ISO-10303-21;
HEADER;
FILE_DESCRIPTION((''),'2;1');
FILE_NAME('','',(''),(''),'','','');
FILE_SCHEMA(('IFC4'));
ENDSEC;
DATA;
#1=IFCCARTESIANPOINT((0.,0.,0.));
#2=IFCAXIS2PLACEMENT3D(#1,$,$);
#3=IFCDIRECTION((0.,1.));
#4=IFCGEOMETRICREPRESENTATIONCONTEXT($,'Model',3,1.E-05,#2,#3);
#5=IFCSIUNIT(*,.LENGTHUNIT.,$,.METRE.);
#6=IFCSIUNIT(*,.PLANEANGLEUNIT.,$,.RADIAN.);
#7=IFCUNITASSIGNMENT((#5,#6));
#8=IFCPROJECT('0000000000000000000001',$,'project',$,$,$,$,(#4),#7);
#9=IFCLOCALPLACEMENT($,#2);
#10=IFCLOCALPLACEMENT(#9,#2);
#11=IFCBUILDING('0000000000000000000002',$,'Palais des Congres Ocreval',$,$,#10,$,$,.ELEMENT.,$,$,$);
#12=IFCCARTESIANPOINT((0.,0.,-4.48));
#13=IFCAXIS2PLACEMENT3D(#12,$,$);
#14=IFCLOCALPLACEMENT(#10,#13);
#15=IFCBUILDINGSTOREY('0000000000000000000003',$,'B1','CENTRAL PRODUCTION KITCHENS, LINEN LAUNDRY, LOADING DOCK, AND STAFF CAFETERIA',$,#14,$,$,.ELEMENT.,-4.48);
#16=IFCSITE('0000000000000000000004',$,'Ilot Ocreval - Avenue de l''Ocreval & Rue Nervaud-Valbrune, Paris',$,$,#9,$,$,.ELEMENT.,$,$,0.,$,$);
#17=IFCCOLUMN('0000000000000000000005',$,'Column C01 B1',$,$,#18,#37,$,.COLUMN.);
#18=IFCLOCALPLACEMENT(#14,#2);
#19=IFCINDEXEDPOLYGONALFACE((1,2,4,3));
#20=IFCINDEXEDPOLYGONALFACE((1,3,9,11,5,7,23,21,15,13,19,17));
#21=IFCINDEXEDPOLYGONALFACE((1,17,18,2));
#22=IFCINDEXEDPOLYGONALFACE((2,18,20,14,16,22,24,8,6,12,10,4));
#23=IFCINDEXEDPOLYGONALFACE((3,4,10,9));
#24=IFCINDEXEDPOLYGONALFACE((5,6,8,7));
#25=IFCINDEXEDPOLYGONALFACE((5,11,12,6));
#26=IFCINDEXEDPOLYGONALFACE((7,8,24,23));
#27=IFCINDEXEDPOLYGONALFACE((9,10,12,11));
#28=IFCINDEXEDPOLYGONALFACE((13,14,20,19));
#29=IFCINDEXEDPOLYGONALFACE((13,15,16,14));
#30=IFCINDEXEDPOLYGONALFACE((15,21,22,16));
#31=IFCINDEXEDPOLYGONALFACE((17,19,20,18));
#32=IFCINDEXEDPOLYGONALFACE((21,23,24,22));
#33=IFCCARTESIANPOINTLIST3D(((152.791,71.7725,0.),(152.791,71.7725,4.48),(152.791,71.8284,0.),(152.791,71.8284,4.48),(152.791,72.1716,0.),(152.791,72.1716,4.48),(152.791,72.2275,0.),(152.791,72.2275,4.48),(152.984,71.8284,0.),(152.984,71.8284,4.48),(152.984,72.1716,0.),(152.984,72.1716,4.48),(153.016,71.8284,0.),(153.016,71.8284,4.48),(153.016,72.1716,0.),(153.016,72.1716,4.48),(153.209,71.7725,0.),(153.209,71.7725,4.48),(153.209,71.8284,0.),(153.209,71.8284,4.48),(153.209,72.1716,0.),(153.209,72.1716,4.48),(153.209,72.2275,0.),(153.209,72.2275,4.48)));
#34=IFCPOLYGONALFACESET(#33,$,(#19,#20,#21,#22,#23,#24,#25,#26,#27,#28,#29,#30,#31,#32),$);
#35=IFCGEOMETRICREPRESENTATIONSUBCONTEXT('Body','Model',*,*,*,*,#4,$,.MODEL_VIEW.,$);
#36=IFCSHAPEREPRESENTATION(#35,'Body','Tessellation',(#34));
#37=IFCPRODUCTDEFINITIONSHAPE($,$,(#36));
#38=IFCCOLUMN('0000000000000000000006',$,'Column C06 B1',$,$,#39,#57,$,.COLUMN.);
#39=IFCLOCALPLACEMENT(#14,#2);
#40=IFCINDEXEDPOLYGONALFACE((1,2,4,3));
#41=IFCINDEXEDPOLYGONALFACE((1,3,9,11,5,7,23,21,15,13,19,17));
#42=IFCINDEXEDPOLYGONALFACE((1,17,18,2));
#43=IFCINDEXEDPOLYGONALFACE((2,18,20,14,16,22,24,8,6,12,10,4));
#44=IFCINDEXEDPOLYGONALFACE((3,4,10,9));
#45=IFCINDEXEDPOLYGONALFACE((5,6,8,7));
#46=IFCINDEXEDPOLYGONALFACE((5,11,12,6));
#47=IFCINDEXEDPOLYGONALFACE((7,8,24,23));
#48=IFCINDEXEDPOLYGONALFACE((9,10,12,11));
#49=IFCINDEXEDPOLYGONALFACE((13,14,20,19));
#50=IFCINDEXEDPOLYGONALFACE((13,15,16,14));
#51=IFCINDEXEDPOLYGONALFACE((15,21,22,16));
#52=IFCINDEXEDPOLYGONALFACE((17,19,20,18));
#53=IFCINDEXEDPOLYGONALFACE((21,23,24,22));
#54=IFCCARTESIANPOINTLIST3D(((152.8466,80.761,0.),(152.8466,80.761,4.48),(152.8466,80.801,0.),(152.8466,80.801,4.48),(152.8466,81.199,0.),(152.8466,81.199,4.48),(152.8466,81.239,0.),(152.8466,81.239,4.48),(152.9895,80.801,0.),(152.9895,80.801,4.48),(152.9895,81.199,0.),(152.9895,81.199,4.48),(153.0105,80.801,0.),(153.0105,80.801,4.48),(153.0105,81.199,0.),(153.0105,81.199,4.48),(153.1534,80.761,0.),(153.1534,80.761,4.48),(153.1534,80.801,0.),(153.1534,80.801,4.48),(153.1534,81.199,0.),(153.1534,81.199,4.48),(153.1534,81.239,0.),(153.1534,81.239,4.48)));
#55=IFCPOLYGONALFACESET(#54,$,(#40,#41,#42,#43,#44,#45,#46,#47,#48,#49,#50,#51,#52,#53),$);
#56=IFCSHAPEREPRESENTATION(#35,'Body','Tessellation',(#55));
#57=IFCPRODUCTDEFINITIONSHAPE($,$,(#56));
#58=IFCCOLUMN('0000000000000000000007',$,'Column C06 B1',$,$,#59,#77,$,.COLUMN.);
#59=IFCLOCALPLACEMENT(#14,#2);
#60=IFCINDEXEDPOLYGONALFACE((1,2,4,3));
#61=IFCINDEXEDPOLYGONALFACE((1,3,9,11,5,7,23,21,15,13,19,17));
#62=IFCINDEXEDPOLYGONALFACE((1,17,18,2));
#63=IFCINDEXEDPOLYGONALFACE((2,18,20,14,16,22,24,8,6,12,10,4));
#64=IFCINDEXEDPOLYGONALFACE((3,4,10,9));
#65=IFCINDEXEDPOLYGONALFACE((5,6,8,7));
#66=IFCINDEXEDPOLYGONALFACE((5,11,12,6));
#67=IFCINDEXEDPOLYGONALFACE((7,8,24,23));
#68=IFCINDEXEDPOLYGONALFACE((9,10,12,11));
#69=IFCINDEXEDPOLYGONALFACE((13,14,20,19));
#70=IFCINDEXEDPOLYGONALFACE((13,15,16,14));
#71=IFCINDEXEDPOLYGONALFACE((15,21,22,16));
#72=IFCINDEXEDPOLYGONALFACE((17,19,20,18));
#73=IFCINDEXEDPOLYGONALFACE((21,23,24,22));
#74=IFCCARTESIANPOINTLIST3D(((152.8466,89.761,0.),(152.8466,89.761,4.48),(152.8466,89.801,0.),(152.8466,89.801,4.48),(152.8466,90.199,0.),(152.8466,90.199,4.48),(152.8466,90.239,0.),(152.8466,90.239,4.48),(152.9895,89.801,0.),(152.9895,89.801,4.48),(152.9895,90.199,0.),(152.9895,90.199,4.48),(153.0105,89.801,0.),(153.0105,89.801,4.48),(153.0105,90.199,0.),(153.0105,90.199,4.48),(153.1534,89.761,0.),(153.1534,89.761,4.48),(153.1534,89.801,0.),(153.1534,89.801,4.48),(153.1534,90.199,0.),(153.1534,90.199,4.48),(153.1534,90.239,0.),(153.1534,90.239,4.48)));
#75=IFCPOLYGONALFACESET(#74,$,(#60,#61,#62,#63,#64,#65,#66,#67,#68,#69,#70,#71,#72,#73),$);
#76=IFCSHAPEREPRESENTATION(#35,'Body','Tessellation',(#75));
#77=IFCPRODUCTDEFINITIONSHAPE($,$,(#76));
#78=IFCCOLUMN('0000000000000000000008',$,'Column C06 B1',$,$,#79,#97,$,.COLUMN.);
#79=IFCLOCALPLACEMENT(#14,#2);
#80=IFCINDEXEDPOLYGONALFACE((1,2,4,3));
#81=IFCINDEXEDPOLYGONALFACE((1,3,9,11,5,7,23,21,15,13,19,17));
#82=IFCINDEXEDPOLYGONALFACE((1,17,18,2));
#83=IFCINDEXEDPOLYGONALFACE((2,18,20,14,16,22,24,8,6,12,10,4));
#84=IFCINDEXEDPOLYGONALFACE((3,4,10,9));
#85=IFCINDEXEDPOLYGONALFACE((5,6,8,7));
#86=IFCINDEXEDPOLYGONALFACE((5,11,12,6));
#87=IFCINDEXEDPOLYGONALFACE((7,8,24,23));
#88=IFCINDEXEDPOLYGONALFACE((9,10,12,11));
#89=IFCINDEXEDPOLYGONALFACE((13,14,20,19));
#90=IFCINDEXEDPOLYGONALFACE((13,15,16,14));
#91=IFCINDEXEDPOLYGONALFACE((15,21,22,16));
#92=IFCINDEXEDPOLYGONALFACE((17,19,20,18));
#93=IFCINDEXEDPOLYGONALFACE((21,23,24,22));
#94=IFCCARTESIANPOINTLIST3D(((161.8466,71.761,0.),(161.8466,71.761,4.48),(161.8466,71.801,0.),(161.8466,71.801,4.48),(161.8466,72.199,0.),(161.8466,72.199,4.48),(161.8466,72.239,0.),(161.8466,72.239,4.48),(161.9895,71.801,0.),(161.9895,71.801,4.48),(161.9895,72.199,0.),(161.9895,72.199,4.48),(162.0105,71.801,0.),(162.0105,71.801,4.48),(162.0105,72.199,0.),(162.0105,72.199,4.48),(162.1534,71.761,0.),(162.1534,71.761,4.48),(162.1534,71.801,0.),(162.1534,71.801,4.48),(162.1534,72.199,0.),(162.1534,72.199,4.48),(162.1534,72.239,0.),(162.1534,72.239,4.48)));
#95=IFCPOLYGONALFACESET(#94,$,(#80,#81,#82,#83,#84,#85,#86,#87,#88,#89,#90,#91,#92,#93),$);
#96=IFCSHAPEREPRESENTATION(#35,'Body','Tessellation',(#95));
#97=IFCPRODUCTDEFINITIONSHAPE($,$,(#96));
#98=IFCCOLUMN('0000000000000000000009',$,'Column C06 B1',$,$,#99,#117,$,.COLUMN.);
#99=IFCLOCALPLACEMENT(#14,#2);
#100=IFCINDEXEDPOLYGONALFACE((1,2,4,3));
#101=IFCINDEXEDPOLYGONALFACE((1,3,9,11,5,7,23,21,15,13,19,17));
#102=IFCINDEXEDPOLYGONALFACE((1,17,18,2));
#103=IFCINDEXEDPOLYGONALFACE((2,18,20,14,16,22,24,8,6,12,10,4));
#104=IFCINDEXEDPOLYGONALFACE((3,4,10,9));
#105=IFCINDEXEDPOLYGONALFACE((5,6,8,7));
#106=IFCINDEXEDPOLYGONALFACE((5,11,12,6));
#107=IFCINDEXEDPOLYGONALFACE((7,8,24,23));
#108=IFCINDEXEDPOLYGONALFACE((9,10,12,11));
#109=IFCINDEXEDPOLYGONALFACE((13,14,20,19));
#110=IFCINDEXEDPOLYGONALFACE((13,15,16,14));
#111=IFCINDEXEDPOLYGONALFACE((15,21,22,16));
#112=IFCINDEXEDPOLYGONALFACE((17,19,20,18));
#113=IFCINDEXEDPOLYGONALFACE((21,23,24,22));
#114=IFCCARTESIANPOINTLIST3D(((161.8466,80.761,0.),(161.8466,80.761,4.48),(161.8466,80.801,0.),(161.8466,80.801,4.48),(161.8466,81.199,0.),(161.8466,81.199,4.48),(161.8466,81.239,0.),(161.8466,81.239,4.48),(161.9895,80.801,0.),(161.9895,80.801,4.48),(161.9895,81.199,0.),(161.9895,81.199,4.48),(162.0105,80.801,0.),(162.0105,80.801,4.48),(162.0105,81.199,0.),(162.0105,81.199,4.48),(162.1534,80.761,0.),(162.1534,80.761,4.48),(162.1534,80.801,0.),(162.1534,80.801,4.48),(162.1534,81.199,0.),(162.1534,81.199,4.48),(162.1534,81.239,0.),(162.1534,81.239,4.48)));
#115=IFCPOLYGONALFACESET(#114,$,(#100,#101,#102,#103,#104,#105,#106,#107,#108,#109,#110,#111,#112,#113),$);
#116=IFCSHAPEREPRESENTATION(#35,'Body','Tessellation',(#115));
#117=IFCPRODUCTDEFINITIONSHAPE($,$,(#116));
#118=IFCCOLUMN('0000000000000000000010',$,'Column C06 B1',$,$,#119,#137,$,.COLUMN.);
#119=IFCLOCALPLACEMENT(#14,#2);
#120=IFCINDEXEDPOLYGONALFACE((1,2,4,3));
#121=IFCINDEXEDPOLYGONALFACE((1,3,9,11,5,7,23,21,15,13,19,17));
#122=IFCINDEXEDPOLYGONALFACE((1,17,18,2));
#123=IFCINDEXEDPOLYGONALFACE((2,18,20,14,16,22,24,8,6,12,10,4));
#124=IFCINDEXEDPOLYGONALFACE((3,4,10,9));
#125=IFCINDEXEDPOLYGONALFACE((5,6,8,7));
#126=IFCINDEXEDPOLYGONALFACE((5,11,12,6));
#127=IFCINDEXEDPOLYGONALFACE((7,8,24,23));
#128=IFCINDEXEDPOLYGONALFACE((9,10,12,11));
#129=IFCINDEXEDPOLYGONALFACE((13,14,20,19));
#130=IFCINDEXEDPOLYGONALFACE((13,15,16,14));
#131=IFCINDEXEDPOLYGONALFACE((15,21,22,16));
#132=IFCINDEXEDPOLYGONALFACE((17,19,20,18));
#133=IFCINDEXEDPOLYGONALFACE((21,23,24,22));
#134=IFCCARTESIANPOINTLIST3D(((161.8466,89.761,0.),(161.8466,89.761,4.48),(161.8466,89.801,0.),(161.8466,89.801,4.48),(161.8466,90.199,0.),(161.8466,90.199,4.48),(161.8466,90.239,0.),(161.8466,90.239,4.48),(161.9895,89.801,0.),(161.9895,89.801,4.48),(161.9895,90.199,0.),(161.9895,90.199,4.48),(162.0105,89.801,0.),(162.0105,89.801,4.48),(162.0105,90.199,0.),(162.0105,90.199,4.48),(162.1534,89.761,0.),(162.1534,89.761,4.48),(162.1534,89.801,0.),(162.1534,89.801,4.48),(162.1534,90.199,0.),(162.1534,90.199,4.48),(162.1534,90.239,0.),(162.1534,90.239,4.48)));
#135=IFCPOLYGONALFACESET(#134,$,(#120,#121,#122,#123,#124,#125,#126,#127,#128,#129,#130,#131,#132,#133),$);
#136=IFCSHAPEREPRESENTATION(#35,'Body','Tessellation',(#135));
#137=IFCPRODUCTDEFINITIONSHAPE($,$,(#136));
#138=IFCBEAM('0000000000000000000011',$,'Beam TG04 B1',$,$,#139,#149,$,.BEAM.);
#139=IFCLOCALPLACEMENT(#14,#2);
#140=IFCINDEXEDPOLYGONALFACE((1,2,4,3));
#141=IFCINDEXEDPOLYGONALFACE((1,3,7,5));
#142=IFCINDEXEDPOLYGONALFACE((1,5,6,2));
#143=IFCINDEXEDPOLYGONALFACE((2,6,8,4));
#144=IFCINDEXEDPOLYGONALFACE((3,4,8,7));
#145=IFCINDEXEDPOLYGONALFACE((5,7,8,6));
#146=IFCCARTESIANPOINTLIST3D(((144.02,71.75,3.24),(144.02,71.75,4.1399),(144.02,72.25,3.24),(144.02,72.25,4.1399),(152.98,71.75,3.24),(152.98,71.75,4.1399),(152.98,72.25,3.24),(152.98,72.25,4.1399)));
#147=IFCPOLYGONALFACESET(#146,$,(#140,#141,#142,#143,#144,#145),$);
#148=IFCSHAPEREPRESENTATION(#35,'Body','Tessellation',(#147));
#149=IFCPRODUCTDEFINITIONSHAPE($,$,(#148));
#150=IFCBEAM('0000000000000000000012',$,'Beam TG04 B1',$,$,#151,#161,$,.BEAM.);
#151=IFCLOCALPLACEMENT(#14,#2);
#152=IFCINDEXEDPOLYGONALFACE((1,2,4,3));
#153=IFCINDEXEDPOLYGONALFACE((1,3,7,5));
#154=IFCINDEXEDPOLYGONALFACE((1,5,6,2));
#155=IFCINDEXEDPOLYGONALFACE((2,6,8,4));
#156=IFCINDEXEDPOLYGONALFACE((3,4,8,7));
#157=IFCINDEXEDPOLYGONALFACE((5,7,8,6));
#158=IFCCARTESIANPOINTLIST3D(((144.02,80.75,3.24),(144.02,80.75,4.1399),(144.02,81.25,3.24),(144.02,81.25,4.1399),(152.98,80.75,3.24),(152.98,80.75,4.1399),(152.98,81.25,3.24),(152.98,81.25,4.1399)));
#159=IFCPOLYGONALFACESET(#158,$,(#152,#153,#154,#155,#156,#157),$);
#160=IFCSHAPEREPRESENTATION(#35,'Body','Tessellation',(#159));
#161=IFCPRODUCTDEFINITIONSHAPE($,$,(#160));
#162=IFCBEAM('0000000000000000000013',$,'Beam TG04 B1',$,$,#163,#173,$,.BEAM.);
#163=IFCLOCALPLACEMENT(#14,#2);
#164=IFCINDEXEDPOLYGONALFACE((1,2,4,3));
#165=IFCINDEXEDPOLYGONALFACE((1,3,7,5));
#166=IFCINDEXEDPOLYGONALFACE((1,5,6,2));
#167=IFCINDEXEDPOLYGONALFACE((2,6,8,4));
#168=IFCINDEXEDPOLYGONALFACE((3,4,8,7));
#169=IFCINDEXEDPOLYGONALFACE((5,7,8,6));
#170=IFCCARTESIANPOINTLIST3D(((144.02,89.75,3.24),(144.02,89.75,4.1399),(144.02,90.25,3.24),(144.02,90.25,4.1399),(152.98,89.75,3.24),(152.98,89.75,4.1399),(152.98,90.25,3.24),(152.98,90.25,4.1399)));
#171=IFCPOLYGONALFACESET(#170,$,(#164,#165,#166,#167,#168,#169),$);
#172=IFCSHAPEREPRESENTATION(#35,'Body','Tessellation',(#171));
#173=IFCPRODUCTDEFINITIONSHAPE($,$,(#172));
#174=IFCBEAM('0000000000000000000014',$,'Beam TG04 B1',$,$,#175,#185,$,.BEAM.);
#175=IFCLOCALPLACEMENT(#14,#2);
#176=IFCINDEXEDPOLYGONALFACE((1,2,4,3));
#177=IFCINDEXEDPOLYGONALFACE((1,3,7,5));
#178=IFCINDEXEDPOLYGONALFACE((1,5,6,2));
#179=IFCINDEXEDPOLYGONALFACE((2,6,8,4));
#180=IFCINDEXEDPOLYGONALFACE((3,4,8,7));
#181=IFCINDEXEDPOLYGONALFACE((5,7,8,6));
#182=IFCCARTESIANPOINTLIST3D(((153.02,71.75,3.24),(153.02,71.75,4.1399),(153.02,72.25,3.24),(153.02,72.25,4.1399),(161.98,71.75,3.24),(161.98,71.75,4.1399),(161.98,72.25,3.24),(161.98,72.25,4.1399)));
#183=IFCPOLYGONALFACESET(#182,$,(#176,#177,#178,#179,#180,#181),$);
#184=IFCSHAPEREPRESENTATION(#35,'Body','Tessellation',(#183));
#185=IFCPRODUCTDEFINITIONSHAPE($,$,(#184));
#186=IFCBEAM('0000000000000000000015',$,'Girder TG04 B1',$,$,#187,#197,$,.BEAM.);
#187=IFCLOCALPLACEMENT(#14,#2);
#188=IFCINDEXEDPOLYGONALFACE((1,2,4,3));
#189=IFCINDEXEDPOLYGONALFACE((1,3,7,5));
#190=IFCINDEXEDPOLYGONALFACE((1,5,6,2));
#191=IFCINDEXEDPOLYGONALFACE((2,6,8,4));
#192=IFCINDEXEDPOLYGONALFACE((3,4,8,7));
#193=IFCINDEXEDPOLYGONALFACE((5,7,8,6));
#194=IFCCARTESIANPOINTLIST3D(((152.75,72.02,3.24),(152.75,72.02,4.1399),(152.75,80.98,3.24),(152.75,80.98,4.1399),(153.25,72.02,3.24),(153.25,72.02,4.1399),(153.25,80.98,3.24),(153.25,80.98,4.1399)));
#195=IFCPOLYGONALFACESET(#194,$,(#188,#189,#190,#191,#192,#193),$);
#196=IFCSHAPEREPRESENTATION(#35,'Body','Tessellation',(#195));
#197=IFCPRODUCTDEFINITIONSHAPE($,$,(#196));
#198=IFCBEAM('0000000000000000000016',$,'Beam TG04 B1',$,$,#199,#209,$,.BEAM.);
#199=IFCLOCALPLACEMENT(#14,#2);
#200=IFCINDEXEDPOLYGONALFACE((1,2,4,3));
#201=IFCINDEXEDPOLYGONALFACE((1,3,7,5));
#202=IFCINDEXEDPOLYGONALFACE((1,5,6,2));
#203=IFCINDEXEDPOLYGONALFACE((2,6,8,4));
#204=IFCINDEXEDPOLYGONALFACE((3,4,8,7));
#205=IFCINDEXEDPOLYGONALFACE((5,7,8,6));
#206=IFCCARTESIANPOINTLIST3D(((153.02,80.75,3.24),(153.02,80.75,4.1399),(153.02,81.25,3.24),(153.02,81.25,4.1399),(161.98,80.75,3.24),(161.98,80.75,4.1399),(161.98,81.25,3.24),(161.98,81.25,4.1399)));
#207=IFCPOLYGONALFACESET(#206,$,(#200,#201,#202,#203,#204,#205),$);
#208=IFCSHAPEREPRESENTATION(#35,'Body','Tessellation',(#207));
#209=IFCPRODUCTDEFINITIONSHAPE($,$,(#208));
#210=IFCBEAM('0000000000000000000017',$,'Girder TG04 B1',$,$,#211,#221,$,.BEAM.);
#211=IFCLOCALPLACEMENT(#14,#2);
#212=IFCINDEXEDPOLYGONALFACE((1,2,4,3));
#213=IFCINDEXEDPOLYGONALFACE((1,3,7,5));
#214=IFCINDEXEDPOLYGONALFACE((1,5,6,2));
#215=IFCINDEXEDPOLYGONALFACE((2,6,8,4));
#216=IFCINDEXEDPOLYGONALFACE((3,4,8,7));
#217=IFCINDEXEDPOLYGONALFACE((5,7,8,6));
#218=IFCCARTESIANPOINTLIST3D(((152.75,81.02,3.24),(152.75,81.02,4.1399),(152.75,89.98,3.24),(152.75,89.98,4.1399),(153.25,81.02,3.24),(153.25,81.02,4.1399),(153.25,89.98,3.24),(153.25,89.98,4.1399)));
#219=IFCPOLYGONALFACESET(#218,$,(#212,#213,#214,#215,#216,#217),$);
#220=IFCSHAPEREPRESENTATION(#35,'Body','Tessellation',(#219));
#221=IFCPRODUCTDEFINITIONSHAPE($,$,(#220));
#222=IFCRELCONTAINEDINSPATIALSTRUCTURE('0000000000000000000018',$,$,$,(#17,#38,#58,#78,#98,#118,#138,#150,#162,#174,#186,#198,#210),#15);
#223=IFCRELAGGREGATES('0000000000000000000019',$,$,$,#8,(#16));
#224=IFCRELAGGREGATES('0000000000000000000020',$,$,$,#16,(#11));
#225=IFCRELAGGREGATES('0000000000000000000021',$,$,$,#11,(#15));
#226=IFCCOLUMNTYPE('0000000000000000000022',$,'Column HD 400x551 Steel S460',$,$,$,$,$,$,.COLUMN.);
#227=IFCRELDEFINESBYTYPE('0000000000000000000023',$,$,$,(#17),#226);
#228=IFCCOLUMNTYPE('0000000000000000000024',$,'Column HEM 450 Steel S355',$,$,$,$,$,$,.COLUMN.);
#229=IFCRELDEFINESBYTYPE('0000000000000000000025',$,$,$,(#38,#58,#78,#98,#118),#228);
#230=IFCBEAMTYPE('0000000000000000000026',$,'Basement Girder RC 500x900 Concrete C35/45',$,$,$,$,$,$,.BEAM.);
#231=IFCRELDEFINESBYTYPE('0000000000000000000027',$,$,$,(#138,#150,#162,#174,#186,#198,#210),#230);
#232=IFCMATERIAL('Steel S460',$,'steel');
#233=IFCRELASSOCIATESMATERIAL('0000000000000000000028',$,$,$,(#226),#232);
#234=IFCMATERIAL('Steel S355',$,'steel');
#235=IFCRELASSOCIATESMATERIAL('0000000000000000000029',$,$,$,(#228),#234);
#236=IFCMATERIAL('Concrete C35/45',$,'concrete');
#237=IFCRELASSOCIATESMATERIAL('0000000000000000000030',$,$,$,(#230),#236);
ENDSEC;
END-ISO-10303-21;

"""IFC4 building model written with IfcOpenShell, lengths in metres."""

from ifc_helpers import new_model, si_unit, direction, frame, origin, origin_2d, place, context, subcontext, project, spatial, rectangle, i_section, extrude, material, material_profile, profile_set, type_object, element, save


model = new_model("IFC4")

# Units and contexts
model_context = context("Model", 3, precision=1e-05, world=origin(), true_north=direction((0.0, 1.0)))
body_context = subcontext(model_context, "Body", "Model", "MODEL_VIEW")
ifc_project = project(units=[si_unit("LENGTHUNIT", "METRE"), si_unit("PLANEANGLEUNIT", "RADIAN")], contexts=[model_context])

# Site, building, storey
site_placement = place(None, origin())
site = spatial("IfcSite", under=ifc_project, at=site_placement, Name="Ilot Ocreval - Avenue de l'Ocreval & Rue Nervaud-Valbrune, Paris", CompositionType="ELEMENT", RefElevation=0.0)
building_placement = place(site_placement, origin())
building = spatial("IfcBuilding", under=site, at=building_placement, Name="Palais des Congres Ocreval", CompositionType="ELEMENT")
storey_placement = place(building_placement, frame((0.0, 0.0, -4.48)))
storey = spatial("IfcBuildingStorey", under=building, at=storey_placement, Name="B1", Description="CENTRAL PRODUCTION KITCHENS, LINEN LAUNDRY, LOADING DOCK, AND STAFF CAFETERIA", CompositionType="ELEMENT", Elevation=-4.48)

# Columns
ifc_material_1 = material(Name="Steel S460", Category="steel")
ifc_material_profile_1 = material_profile(ifc_material_1, i_section(OverallWidth=0.418, OverallDepth=0.4551, WebThickness=0.032, FlangeThickness=0.0559, at=origin_2d()), Name="HD 400x551")
ifc_profile_set_1 = profile_set([ifc_material_profile_1], Name="Steel S460")
column_type_1 = type_object("IfcColumnType", Name="Column HD 400x551 Steel S460", PredefinedType="COLUMN", material=ifc_profile_set_1)
column_placement = place(storey_placement, frame((153.0, 72.0, 0.0), z_axis=(0.0, 0.0, 1.0), x_axis=(1.0, 0.0, 0.0)))
element("IfcColumn", 1, at=column_placement, inside=storey, type_object=column_type_1, Name="Column C01 B1", PredefinedType="COLUMN", context=body_context, shape_type="SweptSolid", body=[
    extrude(i_section(OverallWidth=0.418, OverallDepth=0.4551, WebThickness=0.032, FlangeThickness=0.0559, at=origin_2d()), origin(), (0.0, 0.0, 1.0), 4.48),
])
ifc_material_2 = material(Name="Steel S355", Category="steel")
ifc_material_profile_2 = material_profile(ifc_material_2, i_section(OverallWidth=0.3069, OverallDepth=0.478, WebThickness=0.021, FlangeThickness=0.04, at=origin_2d()), Name="HEM 450")
ifc_profile_set_2 = profile_set([ifc_material_profile_2], Name="Steel S355")
column_type_2 = type_object("IfcColumnType", Name="Column HEM 450 Steel S355", PredefinedType="COLUMN", material=ifc_profile_set_2)
for number, where, z_axis, x_axis, name in (
    (2, (153.0, 81.0, 0.0), (0.0, 0.0, 1.0), (1.0, 0.0, 0.0), "Column C06 B1"),
    (3, (153.0, 90.0, 0.0), (0.0, 0.0, 1.0), (1.0, 0.0, 0.0), "Column C06 B1"),
    (4, (162.0, 72.0, 0.0), (0.0, 0.0, 1.0), (1.0, 0.0, 0.0), "Column C06 B1"),
    (5, (162.0, 81.0, 0.0), (0.0, 0.0, 1.0), (1.0, 0.0, 0.0), "Column C06 B1"),
    (6, (162.0, 90.0, 0.0), (0.0, 0.0, 1.0), (1.0, 0.0, 0.0), "Column C06 B1"),
):
    element("IfcColumn", number, at=place(storey_placement, frame(where, z_axis=z_axis, x_axis=x_axis)), inside=storey, type_object=column_type_2, Name=name, PredefinedType="COLUMN", context=body_context, shape_type="SweptSolid", body=[
        extrude(i_section(OverallWidth=0.3069, OverallDepth=0.478, WebThickness=0.021, FlangeThickness=0.04, at=origin_2d()), origin(), (0.0, 0.0, 1.0), 4.48),
    ])

# Beams
ifc_material_3 = material(Name="Concrete C35/45", Category="concrete")
ifc_material_profile_3 = material_profile(ifc_material_3, rectangle(XDim=0.5, YDim=0.8999, at=origin_2d()), Name="RC 500x900")
ifc_profile_set_3 = profile_set([ifc_material_profile_3], Name="Concrete C35/45")
beam_type = type_object("IfcBeamType", Name="Basement Girder RC 500x900 Concrete C35/45", PredefinedType="BEAM", material=ifc_profile_set_3)
for number, where, z_axis, x_axis, name in (
    (7, (144.02, 72.0, 3.6899), (1.0, 0.0, 0.0), (0.0, 1.0, 0.0), "Beam TG04 B1"),
    (8, (144.02, 81.0, 3.6899), (1.0, 0.0, 0.0), (0.0, 1.0, 0.0), "Beam TG04 B1"),
    (9, (144.02, 90.0, 3.6899), (1.0, 0.0, 0.0), (0.0, 1.0, 0.0), "Beam TG04 B1"),
    (10, (153.02, 72.0, 3.6899), (1.0, 0.0, 0.0), (0.0, 1.0, 0.0), "Beam TG04 B1"),
    (11, (153.0, 72.02, 3.6899), (0.0, 1.0, 0.0), (-1.0, 0.0, 0.0), "Girder TG04 B1"),
    (12, (153.02, 81.0, 3.6899), (1.0, 0.0, 0.0), (0.0, 1.0, 0.0), "Beam TG04 B1"),
    (13, (153.0, 81.02, 3.6899), (0.0, 1.0, 0.0), (-1.0, 0.0, 0.0), "Girder TG04 B1"),
):
    element("IfcBeam", number, at=place(storey_placement, frame(where, z_axis=z_axis, x_axis=x_axis)), inside=storey, type_object=beam_type, Name=name, PredefinedType="BEAM", context=body_context, shape_type="SweptSolid", body=[
        extrude(rectangle(XDim=0.5, YDim=0.8999, at=origin_2d()), origin(), (0.0, 0.0, 1.0), 8.96),
    ])

save(model, "model.ifc")
